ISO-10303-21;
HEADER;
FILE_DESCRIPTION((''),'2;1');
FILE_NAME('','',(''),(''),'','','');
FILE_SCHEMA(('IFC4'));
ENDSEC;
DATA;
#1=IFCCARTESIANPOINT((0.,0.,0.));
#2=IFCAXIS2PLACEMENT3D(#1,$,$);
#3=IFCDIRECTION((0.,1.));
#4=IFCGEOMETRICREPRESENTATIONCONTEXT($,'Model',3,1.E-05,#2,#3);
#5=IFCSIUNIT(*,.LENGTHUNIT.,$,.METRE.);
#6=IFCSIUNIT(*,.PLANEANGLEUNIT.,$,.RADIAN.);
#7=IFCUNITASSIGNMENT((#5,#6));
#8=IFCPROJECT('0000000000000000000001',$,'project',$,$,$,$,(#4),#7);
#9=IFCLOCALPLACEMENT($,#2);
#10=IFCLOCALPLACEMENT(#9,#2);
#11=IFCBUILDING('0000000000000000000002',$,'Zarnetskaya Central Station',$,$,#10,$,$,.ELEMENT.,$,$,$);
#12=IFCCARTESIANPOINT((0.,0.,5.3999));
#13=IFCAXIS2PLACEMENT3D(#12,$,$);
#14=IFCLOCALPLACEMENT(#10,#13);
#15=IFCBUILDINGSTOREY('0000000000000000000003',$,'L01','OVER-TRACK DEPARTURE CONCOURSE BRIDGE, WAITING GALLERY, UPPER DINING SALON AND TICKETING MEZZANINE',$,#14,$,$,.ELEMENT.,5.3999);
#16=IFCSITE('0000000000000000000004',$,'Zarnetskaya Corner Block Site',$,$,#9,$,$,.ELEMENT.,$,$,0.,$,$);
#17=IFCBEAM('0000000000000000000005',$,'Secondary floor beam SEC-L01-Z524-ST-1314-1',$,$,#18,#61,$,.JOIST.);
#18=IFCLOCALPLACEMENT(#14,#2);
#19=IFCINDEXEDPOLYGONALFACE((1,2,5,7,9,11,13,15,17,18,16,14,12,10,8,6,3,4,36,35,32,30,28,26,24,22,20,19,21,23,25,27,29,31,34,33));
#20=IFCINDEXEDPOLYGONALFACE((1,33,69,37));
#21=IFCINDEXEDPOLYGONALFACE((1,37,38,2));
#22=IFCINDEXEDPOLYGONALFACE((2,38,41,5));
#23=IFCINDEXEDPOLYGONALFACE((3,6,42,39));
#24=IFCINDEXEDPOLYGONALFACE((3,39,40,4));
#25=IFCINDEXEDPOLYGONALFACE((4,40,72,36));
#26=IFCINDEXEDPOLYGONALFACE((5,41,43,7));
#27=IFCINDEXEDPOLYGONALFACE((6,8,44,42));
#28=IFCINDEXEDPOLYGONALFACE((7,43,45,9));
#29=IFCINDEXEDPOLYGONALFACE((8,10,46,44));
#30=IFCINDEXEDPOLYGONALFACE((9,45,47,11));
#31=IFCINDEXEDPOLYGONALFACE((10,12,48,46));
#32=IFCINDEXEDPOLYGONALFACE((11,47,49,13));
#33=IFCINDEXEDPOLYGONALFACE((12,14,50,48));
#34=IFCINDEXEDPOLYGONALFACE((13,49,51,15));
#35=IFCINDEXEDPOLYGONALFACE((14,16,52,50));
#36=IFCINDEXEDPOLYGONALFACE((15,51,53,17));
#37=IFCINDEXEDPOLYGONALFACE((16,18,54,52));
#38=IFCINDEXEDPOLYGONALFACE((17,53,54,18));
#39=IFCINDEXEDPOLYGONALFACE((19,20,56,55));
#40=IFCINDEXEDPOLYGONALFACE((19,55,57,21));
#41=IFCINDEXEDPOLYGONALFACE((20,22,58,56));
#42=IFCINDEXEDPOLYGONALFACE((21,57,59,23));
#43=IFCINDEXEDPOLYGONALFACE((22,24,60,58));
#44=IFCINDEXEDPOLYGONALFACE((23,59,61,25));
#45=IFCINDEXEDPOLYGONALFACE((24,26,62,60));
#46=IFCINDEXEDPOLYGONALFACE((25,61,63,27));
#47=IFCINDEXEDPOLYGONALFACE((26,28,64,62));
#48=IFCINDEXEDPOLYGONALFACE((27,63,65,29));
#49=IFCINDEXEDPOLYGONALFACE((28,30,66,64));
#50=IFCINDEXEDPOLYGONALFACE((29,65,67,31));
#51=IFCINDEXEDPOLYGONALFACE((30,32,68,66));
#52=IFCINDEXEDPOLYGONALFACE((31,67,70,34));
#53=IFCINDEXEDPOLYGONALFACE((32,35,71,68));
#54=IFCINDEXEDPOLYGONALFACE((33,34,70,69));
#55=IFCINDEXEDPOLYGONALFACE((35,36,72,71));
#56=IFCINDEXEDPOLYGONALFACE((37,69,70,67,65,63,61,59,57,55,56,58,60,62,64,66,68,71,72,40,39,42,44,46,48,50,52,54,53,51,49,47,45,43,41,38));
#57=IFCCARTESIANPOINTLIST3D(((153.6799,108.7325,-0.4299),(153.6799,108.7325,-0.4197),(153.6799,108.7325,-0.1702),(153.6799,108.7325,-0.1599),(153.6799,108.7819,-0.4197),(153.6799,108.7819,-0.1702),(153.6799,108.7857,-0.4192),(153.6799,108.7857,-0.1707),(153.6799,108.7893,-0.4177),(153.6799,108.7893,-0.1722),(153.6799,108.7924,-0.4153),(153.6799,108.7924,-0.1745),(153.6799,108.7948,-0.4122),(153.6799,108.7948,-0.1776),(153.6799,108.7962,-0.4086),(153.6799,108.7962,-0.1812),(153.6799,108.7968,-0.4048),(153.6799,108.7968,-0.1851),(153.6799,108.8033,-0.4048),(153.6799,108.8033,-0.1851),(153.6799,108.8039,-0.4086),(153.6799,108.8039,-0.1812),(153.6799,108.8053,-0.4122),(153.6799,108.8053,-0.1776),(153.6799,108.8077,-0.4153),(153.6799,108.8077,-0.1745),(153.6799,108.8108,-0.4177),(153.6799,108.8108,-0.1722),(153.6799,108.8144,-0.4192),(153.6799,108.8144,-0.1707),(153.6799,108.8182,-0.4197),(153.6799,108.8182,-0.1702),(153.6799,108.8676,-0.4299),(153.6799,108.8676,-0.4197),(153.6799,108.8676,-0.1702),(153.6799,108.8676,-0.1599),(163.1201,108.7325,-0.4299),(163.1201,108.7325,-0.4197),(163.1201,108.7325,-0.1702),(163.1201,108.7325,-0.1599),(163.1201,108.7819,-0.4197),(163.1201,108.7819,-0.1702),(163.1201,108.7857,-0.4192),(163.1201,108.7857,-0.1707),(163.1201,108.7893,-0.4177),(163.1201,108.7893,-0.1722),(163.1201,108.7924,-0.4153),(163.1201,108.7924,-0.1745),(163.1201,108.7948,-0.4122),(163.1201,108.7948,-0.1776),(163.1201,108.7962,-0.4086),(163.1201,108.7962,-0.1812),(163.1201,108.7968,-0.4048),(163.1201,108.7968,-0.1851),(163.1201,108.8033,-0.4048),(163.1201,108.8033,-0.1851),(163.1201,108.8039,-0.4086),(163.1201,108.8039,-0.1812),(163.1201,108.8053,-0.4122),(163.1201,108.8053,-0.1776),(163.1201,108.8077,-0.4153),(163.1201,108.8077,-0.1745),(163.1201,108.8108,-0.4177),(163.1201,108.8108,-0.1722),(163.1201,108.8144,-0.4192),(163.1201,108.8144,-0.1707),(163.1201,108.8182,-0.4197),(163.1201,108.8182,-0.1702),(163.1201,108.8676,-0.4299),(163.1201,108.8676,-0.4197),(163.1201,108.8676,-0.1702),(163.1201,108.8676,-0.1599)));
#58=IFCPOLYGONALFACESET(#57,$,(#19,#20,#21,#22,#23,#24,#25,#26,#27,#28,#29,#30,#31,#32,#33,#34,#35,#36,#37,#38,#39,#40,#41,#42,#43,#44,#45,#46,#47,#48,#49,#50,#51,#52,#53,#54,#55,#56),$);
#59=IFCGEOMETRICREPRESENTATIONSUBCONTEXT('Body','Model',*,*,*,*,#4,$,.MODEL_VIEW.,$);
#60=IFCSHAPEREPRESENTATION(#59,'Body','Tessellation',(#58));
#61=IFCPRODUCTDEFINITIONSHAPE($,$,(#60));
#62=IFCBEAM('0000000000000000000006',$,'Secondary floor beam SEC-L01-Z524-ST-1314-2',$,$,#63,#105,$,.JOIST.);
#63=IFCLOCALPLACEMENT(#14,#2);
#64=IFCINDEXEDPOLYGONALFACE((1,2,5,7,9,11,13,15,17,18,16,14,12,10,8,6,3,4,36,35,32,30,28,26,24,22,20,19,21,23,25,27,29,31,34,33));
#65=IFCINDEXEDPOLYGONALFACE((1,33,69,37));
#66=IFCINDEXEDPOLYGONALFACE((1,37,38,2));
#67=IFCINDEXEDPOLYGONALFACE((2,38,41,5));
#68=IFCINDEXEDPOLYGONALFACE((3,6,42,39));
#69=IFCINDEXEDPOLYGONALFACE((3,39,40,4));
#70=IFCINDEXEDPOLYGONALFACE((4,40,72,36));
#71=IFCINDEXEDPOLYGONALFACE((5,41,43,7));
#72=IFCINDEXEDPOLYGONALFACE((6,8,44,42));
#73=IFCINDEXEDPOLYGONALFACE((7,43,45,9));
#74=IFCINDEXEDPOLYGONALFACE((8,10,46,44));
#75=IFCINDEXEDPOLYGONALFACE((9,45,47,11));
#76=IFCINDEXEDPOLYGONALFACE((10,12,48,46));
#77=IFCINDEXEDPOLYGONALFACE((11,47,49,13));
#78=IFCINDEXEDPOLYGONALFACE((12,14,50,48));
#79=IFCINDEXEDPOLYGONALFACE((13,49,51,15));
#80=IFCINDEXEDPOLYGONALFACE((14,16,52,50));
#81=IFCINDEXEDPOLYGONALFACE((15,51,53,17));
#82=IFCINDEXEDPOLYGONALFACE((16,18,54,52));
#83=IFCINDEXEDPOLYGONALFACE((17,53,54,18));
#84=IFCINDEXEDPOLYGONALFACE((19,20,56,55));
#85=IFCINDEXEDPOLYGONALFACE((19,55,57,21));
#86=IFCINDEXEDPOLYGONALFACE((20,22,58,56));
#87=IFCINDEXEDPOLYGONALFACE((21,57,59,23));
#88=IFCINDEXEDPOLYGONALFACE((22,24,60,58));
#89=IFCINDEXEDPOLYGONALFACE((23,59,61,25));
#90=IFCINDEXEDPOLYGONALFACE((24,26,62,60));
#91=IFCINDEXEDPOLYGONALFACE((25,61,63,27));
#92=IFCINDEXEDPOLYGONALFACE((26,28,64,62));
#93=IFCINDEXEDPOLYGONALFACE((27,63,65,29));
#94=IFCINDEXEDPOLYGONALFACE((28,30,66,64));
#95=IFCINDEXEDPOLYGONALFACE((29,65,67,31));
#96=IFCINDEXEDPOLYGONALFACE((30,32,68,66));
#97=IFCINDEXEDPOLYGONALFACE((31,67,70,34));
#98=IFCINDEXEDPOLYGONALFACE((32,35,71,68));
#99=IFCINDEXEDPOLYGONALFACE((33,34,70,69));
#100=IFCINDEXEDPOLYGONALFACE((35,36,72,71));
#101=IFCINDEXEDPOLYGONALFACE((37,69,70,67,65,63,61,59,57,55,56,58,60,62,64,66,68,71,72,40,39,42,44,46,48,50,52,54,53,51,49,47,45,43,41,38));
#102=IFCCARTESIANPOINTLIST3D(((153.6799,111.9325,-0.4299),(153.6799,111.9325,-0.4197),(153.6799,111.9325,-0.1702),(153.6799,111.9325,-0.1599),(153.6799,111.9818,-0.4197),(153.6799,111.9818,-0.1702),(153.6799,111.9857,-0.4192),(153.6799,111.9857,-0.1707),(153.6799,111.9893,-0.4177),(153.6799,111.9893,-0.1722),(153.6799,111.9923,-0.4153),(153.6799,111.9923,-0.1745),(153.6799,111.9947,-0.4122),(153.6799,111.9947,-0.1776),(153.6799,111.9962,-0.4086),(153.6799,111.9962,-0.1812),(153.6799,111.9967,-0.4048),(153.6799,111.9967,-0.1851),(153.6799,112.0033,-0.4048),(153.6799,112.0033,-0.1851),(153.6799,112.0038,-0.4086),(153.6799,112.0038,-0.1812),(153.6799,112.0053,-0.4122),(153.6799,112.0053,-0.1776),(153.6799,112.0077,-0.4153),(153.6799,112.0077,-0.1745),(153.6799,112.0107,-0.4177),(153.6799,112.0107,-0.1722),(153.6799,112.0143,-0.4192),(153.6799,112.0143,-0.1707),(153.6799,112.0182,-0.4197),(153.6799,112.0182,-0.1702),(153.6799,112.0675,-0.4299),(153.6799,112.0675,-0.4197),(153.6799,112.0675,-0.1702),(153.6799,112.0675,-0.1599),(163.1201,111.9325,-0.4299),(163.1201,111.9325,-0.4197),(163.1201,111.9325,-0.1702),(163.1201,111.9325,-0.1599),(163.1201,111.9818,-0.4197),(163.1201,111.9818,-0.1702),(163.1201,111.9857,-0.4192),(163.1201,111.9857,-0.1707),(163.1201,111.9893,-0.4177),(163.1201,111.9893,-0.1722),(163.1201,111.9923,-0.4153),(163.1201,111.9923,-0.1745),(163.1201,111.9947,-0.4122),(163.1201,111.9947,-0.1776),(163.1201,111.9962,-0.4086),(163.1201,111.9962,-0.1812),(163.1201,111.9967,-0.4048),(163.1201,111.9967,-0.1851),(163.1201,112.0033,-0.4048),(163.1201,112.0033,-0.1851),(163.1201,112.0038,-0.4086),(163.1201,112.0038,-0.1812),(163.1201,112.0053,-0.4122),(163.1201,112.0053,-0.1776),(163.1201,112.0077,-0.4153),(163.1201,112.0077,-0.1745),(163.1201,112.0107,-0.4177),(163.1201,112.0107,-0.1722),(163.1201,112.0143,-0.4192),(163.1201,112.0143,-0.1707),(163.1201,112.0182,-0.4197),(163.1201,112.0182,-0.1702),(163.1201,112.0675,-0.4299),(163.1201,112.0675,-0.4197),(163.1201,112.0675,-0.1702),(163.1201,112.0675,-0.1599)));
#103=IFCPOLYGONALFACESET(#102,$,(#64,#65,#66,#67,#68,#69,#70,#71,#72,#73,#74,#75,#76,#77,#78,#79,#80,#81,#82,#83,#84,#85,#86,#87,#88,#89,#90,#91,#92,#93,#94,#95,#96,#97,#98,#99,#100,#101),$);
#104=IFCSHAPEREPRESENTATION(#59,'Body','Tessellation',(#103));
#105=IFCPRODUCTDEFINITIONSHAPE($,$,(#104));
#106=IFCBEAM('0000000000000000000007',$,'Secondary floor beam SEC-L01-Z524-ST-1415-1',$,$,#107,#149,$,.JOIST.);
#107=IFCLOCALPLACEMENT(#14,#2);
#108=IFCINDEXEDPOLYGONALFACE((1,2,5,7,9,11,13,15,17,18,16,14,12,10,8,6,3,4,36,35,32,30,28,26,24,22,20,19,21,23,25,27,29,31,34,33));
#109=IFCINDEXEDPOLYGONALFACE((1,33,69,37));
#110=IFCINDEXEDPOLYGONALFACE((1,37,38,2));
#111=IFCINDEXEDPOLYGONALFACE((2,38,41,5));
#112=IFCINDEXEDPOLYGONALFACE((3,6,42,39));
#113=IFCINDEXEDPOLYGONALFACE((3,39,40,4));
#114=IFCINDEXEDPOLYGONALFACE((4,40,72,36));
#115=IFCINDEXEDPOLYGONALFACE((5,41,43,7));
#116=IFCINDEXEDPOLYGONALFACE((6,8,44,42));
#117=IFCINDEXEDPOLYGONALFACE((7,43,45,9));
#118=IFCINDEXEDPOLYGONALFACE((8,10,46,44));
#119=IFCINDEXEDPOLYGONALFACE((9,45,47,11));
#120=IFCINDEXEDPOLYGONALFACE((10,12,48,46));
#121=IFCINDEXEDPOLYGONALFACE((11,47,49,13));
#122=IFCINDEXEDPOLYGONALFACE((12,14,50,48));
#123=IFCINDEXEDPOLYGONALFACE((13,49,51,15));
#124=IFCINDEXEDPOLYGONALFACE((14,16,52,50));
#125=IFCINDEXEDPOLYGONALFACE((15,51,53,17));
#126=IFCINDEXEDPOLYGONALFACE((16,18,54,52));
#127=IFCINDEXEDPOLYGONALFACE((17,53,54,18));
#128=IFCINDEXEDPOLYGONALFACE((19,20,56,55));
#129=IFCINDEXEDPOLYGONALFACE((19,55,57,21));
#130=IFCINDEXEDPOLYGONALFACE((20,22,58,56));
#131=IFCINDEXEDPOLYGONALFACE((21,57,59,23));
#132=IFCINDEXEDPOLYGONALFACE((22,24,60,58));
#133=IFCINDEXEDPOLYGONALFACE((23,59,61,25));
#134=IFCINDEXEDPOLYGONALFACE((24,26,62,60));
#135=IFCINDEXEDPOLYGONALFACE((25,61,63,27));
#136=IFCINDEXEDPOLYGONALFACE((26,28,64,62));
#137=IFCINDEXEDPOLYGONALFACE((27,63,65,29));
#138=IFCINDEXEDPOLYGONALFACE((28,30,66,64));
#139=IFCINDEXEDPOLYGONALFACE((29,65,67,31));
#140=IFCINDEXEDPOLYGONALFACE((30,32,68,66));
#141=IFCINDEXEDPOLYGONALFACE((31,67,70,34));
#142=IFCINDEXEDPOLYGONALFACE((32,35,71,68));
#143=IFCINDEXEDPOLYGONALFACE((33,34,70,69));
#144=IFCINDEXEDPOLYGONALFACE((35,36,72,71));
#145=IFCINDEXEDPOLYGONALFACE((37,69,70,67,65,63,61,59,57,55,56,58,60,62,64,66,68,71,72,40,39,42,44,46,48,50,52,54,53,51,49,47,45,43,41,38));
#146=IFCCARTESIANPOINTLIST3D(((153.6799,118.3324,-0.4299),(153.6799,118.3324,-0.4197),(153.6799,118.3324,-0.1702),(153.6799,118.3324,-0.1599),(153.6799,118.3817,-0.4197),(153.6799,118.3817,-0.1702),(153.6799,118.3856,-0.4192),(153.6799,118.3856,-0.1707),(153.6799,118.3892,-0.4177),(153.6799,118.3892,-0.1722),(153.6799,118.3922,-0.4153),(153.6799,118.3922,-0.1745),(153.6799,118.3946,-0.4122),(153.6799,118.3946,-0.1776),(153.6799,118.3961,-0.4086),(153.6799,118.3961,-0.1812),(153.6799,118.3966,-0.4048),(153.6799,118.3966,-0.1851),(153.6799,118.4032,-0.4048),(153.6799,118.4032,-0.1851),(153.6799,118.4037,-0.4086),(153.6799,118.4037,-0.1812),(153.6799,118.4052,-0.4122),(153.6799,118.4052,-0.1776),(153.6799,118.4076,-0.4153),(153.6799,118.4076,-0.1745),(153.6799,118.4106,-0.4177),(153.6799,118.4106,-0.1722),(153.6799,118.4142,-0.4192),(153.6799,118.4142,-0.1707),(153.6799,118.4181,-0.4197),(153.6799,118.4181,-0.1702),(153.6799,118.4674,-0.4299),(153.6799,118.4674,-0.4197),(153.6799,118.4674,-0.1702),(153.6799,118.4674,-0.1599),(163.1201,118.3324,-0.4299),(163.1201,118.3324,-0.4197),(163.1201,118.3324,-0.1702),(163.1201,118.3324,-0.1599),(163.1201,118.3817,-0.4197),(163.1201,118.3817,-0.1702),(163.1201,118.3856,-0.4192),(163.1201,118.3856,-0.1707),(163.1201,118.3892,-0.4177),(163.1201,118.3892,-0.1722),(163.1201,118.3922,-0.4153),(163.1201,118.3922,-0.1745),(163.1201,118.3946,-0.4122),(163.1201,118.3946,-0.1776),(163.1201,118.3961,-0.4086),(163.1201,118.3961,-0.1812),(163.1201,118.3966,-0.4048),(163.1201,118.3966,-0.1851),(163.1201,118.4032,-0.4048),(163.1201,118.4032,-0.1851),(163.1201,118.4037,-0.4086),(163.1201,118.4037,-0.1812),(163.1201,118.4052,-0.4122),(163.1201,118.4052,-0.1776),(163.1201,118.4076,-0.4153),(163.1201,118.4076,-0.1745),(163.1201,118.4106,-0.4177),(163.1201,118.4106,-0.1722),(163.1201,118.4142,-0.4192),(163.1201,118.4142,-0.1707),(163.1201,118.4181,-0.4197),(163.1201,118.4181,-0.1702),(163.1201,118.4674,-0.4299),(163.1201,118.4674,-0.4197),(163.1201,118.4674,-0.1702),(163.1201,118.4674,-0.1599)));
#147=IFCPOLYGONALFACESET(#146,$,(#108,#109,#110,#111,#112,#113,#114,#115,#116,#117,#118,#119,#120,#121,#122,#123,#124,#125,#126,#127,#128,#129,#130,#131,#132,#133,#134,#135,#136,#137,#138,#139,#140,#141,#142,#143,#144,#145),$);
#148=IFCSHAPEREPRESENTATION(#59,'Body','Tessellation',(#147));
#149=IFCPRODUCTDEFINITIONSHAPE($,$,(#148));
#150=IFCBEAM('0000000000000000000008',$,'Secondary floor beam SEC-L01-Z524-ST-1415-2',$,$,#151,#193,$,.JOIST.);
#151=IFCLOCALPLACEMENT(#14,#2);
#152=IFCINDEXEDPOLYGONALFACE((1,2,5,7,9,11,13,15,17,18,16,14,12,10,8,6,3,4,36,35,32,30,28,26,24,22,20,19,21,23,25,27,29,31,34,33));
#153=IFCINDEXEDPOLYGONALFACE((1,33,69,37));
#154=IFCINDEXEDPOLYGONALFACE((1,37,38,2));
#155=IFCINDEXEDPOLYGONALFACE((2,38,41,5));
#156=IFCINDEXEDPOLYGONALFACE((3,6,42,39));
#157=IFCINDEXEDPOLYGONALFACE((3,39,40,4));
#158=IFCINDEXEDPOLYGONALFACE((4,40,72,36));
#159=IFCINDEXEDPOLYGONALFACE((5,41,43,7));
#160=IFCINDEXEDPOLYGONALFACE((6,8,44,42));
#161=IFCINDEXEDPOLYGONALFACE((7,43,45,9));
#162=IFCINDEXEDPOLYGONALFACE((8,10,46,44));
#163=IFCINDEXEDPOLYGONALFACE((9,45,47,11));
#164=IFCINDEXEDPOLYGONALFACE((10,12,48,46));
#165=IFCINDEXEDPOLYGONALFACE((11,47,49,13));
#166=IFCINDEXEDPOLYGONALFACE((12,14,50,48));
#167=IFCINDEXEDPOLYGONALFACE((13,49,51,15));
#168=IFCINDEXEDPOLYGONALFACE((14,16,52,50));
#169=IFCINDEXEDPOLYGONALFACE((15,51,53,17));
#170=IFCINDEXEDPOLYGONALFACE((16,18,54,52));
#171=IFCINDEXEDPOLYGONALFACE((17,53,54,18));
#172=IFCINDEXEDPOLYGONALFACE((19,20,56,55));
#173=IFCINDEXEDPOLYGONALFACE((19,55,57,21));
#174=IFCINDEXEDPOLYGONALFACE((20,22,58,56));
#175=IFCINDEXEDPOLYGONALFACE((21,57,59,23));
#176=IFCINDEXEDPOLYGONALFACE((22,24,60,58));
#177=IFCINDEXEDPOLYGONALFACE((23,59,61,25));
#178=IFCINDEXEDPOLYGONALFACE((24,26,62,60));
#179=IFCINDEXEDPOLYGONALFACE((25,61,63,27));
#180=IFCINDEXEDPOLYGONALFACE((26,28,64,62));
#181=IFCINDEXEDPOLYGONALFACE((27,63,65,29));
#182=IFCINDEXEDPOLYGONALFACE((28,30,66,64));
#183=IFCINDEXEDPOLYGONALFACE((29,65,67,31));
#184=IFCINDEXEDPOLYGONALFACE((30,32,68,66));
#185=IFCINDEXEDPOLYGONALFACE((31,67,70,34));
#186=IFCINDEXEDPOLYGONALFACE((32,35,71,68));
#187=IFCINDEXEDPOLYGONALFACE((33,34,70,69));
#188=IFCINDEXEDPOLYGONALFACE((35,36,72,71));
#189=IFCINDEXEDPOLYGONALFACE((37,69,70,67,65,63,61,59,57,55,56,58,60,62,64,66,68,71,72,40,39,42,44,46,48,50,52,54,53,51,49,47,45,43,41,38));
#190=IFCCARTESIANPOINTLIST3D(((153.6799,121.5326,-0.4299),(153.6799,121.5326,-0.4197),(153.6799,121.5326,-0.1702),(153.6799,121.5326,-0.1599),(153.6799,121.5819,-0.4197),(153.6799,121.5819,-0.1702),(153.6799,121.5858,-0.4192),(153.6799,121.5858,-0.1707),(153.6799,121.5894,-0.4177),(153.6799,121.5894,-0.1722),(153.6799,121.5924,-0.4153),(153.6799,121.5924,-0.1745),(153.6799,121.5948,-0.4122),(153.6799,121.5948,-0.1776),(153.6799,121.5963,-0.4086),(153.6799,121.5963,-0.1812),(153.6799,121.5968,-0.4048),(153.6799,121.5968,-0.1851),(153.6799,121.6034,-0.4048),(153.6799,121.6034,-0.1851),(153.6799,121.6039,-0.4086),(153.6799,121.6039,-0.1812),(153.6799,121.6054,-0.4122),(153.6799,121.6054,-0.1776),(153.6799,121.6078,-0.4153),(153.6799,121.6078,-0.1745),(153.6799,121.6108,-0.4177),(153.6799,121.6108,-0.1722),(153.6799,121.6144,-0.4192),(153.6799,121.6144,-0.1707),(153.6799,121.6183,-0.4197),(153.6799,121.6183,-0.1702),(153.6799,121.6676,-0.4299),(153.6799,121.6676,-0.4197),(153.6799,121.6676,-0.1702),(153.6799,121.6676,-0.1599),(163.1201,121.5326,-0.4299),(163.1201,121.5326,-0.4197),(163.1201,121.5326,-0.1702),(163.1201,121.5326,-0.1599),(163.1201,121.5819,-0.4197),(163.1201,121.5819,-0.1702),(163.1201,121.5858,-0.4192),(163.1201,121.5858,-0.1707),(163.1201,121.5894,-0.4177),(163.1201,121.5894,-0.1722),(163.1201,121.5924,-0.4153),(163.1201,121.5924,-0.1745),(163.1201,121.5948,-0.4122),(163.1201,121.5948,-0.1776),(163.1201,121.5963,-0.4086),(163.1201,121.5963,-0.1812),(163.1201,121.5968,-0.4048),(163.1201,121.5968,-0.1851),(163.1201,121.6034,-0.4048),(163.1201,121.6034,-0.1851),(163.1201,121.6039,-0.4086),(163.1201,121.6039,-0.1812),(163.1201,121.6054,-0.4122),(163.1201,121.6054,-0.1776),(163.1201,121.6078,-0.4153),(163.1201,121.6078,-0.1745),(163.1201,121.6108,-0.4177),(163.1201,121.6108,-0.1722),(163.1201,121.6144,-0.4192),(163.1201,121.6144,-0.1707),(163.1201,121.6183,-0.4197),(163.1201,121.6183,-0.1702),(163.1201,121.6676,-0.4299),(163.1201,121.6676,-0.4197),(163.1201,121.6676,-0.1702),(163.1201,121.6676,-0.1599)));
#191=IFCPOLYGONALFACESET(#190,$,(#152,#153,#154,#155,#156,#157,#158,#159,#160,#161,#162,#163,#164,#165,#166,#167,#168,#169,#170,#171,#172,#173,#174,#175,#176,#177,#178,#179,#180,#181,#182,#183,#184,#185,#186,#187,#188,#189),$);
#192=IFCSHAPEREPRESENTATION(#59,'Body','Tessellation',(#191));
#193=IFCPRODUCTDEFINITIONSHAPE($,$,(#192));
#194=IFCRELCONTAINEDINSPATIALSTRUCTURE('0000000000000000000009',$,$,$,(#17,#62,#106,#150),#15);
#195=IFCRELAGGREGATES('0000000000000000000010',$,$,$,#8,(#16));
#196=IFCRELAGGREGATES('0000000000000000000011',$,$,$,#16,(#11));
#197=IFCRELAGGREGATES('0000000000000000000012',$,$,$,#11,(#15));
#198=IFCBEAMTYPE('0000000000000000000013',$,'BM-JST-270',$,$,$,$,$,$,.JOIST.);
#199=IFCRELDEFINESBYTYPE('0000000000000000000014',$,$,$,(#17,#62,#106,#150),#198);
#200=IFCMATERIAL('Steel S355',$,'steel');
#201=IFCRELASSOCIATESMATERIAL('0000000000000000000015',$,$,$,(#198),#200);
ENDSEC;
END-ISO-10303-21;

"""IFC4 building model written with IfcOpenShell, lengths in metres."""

from ifc_helpers import new_model, si_unit, direction, frame, origin, origin_2d, place, context, subcontext, project, spatial, i_section, extrude, material, material_profile, profile_set, type_object, element, save


model = new_model("IFC4")

# Units and contexts
model_context = context("Model", 3, precision=1e-05, world=origin(), true_north=direction((0.0, 1.0)))
body_context = subcontext(model_context, "Body", "Model", "MODEL_VIEW")
ifc_project = project(units=[si_unit("LENGTHUNIT", "METRE"), si_unit("PLANEANGLEUNIT", "RADIAN")], contexts=[model_context])

# Site, building, storey
site_placement = place(None, origin())
site = spatial("IfcSite", under=ifc_project, at=site_placement, Name="Zarnetskaya Corner Block Site", CompositionType="ELEMENT", RefElevation=0.0)
building_placement = place(site_placement, origin())
building = spatial("IfcBuilding", under=site, at=building_placement, Name="Zarnetskaya Central Station", CompositionType="ELEMENT")
storey_placement = place(building_placement, frame((0.0, 0.0, 5.3999)))
storey = spatial("IfcBuildingStorey", under=building, at=storey_placement, Name="L01", Description="OVER-TRACK DEPARTURE CONCOURSE BRIDGE, WAITING GALLERY, UPPER DINING SALON AND TICKETING MEZZANINE", CompositionType="ELEMENT", Elevation=5.3999)

# Beams
ifc_material = material(Name="Steel S355", Category="steel")
ifc_material_profile_1 = material_profile(ifc_material, i_section(OverallWidth=0.135, OverallDepth=0.27, WebThickness=0.0066, FlangeThickness=0.0103, FilletRadius=0.0149, at=origin_2d()), Name="IPE 270")
ifc_profile_set_1 = profile_set([ifc_material_profile_1], Name="Steel S355")
beam_type_1 = type_object("IfcBeamType", Name="BM-JST-270", PredefinedType="JOIST", material=ifc_profile_set_1)
for number, where, z_axis, x_axis, name in (
    (1, (153.6799, 108.8, -0.2949), (1.0, 0.0, 0.0), (0.0, 1.0, 0.0), "Secondary floor beam SEC-L01-Z524-ST-1314-1"),
    (2, (153.6799, 112.0, -0.2949), (1.0, 0.0, 0.0), (0.0, 1.0, 0.0), "Secondary floor beam SEC-L01-Z524-ST-1314-2"),
    (3, (153.6799, 118.3999, -0.2949), (1.0, 0.0, 0.0), (0.0, 1.0, 0.0), "Secondary floor beam SEC-L01-Z524-ST-1415-1"),
    (4, (153.6799, 121.6001, -0.2949), (1.0, 0.0, 0.0), (0.0, 1.0, 0.0), "Secondary floor beam SEC-L01-Z524-ST-1415-2"),
):
    element("IfcBeam", number, at=place(storey_placement, frame(where, z_axis=z_axis, x_axis=x_axis)), inside=storey, type_object=beam_type_1, Name=name, PredefinedType="JOIST", context=body_context, shape_type="SweptSolid", body=[
        extrude(i_section(OverallWidth=0.135, OverallDepth=0.27, WebThickness=0.0066, FlangeThickness=0.0103, FilletRadius=0.0149, at=origin_2d()), origin(), (0.0, 0.0, 1.0), 9.4402),
    ])

save(model, "model.ifc")
